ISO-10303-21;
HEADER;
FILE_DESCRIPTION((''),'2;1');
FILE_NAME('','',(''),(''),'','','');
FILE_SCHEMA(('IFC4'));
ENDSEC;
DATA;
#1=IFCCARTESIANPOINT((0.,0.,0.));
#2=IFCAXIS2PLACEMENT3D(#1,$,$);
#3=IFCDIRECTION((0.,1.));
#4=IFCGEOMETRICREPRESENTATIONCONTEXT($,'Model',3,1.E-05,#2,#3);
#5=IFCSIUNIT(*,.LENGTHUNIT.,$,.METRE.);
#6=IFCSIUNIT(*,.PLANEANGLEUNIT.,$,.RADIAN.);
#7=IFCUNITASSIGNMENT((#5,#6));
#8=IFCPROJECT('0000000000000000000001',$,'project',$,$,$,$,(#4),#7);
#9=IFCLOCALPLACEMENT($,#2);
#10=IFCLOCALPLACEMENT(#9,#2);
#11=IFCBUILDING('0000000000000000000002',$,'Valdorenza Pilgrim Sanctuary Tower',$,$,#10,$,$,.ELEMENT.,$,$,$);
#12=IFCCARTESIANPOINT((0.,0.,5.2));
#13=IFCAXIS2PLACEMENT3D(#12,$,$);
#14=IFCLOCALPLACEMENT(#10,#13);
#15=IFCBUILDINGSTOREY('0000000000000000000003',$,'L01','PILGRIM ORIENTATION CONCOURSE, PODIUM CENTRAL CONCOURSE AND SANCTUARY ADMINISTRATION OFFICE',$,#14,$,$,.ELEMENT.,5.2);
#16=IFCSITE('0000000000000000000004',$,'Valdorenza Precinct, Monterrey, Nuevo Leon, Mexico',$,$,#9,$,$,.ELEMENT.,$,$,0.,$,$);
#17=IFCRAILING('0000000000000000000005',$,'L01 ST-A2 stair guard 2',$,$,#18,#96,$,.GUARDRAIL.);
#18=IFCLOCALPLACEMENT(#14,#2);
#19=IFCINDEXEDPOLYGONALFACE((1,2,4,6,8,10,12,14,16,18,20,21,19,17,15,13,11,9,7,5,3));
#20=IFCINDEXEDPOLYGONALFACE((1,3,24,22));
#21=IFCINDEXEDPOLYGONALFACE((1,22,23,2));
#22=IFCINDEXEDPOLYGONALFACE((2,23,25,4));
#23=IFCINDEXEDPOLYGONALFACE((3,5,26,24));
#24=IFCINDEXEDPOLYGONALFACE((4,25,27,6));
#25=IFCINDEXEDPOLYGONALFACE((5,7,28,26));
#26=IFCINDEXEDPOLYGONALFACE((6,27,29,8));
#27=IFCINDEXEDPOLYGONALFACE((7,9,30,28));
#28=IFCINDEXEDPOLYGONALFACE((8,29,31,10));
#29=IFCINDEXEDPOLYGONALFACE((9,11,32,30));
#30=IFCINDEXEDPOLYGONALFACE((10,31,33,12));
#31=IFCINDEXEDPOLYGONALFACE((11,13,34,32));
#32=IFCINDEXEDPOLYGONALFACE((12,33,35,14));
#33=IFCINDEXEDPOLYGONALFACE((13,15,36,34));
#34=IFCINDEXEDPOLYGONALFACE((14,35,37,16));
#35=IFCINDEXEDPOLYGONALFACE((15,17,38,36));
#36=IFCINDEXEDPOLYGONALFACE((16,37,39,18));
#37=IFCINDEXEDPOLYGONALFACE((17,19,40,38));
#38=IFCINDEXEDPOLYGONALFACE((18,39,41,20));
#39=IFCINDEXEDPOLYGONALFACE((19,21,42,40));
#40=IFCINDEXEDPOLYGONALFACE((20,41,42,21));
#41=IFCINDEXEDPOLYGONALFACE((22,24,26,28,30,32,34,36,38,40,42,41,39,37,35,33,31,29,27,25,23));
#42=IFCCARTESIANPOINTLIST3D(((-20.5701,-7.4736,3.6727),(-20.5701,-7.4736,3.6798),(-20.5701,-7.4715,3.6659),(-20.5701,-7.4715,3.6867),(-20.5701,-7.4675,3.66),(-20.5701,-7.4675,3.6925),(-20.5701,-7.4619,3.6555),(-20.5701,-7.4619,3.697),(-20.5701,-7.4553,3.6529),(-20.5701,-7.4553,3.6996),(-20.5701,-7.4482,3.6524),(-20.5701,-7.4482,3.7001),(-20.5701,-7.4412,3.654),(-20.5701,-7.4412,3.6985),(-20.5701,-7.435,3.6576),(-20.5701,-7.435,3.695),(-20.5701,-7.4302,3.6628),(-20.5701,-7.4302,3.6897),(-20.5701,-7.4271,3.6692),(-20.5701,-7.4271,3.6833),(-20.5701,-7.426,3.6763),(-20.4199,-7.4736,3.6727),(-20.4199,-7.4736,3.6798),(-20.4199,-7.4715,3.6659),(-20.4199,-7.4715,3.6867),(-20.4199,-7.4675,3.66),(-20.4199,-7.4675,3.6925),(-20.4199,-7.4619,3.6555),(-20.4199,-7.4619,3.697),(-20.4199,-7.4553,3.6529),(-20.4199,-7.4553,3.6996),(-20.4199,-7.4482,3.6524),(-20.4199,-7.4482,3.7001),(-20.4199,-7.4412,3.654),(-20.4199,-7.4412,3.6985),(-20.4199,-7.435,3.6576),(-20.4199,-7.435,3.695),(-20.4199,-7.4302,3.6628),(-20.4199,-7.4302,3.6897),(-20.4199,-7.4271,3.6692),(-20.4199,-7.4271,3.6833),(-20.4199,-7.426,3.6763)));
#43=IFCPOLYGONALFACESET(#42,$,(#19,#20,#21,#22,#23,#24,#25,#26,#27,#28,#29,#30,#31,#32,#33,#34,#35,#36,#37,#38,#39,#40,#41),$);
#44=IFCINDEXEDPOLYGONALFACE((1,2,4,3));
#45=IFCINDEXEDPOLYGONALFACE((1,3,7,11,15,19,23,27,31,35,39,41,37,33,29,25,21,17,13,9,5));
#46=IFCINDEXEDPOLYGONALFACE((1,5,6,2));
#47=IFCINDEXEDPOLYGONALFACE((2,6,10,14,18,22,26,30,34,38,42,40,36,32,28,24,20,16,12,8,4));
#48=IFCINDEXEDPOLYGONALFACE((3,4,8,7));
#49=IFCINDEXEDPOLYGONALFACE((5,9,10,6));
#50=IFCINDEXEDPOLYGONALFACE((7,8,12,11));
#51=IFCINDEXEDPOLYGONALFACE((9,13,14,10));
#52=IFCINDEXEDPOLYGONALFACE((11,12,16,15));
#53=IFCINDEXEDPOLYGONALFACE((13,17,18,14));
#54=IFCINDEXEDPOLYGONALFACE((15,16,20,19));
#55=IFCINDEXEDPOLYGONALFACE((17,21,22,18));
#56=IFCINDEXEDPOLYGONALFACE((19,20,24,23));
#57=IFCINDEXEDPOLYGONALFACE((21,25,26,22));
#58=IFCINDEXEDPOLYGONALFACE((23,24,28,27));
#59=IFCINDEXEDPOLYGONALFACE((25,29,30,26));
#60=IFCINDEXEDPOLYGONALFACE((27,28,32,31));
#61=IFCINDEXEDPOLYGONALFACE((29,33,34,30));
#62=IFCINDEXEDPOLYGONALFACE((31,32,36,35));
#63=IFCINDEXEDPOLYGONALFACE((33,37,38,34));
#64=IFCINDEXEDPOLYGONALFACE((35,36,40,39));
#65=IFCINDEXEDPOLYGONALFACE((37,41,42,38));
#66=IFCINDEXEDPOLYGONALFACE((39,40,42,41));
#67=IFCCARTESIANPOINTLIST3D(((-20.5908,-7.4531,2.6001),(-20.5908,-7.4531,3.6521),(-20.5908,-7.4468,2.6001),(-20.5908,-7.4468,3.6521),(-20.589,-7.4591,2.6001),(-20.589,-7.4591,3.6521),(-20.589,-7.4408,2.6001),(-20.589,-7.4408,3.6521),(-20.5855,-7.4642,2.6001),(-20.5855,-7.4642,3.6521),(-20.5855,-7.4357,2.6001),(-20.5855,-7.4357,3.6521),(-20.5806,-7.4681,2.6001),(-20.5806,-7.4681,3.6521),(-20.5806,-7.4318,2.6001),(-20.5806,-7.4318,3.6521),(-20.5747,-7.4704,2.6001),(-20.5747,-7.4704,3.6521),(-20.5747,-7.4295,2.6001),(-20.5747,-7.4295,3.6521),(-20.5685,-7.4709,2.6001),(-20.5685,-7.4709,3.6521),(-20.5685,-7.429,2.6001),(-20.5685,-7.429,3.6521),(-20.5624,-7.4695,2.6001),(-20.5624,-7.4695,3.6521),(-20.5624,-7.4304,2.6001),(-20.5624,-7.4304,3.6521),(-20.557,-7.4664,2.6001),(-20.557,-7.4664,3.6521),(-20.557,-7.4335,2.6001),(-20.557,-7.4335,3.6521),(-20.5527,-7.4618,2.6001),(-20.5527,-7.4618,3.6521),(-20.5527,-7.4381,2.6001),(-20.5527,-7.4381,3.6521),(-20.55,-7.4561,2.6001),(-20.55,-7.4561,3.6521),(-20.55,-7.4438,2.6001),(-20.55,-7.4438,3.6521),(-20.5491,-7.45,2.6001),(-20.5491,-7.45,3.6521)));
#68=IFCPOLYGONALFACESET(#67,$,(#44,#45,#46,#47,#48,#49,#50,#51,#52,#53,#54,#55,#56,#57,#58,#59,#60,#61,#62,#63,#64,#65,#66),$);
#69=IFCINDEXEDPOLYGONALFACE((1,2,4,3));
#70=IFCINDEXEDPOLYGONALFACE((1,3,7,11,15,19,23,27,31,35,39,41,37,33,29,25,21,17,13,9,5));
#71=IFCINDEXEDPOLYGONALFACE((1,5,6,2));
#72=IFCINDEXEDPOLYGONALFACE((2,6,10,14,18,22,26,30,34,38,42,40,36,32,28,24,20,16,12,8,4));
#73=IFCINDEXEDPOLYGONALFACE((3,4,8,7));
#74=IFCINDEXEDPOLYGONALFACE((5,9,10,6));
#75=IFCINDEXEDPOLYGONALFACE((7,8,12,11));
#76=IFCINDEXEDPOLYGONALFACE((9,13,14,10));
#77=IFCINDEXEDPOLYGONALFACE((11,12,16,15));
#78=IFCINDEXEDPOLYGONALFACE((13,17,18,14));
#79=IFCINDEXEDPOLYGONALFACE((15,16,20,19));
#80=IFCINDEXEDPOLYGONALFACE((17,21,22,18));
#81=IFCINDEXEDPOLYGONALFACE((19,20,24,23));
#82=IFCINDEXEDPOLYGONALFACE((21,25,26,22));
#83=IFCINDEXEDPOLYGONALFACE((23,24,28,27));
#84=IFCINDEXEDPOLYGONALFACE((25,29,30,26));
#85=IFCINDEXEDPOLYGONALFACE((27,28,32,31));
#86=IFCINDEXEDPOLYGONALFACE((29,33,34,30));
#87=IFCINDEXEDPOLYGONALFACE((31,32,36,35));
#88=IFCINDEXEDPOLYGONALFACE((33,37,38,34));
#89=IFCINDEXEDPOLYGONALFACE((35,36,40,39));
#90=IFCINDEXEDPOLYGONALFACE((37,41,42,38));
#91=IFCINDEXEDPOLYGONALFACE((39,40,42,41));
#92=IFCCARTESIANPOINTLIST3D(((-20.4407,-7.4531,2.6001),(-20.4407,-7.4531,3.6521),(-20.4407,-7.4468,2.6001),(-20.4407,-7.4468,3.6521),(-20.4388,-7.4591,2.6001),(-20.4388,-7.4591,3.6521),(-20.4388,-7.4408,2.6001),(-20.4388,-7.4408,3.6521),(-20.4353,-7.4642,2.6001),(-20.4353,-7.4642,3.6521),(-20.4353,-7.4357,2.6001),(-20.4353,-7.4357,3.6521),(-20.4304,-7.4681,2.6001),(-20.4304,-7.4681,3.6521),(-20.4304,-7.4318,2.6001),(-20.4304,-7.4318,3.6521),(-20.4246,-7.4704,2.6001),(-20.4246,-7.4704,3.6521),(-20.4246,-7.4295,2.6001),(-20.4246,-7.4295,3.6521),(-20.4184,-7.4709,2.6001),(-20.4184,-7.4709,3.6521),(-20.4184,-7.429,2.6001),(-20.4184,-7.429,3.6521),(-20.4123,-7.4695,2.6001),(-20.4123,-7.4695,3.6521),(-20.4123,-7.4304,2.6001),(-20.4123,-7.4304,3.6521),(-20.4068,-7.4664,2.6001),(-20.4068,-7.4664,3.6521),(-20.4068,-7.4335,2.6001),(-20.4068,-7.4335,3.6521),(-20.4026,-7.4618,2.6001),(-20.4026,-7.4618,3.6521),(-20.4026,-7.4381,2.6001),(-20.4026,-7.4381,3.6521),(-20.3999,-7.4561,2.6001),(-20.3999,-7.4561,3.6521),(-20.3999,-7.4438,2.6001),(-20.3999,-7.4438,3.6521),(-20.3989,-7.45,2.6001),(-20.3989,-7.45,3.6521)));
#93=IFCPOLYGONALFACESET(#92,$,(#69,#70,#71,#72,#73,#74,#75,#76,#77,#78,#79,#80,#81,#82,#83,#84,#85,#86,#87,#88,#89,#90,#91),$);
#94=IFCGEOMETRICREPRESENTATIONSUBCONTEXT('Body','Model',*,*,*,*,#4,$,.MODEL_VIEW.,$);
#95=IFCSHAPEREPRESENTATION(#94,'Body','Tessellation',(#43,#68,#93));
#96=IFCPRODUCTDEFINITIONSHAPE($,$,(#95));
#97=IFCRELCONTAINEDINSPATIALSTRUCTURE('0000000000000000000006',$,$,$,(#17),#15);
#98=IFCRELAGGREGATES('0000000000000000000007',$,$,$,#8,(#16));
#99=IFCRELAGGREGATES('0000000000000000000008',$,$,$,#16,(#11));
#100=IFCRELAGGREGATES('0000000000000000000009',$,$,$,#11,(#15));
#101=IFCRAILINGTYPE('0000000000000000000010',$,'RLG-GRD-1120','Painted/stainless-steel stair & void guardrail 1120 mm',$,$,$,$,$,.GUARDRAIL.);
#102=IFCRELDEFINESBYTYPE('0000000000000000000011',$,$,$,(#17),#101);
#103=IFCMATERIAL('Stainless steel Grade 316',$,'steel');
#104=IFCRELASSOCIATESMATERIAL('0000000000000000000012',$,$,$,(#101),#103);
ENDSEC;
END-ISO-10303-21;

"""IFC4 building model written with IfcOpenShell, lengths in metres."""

from ifc_helpers import new_model, si_unit, direction, frame, origin, origin_2d, place, context, subcontext, project, spatial, circle, extrude, material, type_object, element, save


model = new_model("IFC4")

# Units and contexts
model_context = context("Model", 3, precision=1e-05, world=origin(), true_north=direction((0.0, 1.0)))
body_context = subcontext(model_context, "Body", "Model", "MODEL_VIEW")
ifc_project = project(units=[si_unit("LENGTHUNIT", "METRE"), si_unit("PLANEANGLEUNIT", "RADIAN")], contexts=[model_context])

# Site, building, storey
site_placement = place(None, origin())
site = spatial("IfcSite", under=ifc_project, at=site_placement, Name="Valdorenza Precinct, Monterrey, Nuevo Leon, Mexico", CompositionType="ELEMENT", RefElevation=0.0)
building_placement = place(site_placement, origin())
building = spatial("IfcBuilding", under=site, at=building_placement, Name="Valdorenza Pilgrim Sanctuary Tower", CompositionType="ELEMENT")
storey_placement = place(building_placement, frame((0.0, 0.0, 5.2)))
storey = spatial("IfcBuildingStorey", under=building, at=storey_placement, Name="L01", Description="PILGRIM ORIENTATION CONCOURSE, PODIUM CENTRAL CONCOURSE AND SANCTUARY ADMINISTRATION OFFICE", CompositionType="ELEMENT", Elevation=5.2)

# Railing
ifc_material_1 = material(Name="Stainless steel Grade 316", Category="steel")
railing_type_1 = type_object("IfcRailingType", Name="RLG-GRD-1120", Description="Painted/stainless-steel stair & void guardrail 1120 mm", PredefinedType="GUARDRAIL", material=ifc_material_1)
railing_1_placement = place(storey_placement, frame((-20.5701, -7.45, 2.6001)))
element("IfcRailing", 1, at=railing_1_placement, inside=storey, type_object=railing_type_1, Name="L01 ST-A2 stair guard 2", PredefinedType="GUARDRAIL", context=body_context, shape_type="SweptSolid", body=[
    extrude(circle(Radius=0.0239, at=origin_2d()), frame((0.0, 0.0, 1.0762), z_axis=(1.0, 0.0, 0.0), x_axis=(0.0, 1.0, 0.0)), (0.0, 0.0, 1.0), 0.1501),
    extrude(circle(Radius=0.021, at=origin_2d()), origin(), (0.0, 0.0, 1.0), 1.052),
    extrude(circle(Radius=0.021, at=origin_2d()), frame((0.1501, 0.0, 0.0)), (0.0, 0.0, 1.0), 1.052),
])

save(model, "model.ifc")
